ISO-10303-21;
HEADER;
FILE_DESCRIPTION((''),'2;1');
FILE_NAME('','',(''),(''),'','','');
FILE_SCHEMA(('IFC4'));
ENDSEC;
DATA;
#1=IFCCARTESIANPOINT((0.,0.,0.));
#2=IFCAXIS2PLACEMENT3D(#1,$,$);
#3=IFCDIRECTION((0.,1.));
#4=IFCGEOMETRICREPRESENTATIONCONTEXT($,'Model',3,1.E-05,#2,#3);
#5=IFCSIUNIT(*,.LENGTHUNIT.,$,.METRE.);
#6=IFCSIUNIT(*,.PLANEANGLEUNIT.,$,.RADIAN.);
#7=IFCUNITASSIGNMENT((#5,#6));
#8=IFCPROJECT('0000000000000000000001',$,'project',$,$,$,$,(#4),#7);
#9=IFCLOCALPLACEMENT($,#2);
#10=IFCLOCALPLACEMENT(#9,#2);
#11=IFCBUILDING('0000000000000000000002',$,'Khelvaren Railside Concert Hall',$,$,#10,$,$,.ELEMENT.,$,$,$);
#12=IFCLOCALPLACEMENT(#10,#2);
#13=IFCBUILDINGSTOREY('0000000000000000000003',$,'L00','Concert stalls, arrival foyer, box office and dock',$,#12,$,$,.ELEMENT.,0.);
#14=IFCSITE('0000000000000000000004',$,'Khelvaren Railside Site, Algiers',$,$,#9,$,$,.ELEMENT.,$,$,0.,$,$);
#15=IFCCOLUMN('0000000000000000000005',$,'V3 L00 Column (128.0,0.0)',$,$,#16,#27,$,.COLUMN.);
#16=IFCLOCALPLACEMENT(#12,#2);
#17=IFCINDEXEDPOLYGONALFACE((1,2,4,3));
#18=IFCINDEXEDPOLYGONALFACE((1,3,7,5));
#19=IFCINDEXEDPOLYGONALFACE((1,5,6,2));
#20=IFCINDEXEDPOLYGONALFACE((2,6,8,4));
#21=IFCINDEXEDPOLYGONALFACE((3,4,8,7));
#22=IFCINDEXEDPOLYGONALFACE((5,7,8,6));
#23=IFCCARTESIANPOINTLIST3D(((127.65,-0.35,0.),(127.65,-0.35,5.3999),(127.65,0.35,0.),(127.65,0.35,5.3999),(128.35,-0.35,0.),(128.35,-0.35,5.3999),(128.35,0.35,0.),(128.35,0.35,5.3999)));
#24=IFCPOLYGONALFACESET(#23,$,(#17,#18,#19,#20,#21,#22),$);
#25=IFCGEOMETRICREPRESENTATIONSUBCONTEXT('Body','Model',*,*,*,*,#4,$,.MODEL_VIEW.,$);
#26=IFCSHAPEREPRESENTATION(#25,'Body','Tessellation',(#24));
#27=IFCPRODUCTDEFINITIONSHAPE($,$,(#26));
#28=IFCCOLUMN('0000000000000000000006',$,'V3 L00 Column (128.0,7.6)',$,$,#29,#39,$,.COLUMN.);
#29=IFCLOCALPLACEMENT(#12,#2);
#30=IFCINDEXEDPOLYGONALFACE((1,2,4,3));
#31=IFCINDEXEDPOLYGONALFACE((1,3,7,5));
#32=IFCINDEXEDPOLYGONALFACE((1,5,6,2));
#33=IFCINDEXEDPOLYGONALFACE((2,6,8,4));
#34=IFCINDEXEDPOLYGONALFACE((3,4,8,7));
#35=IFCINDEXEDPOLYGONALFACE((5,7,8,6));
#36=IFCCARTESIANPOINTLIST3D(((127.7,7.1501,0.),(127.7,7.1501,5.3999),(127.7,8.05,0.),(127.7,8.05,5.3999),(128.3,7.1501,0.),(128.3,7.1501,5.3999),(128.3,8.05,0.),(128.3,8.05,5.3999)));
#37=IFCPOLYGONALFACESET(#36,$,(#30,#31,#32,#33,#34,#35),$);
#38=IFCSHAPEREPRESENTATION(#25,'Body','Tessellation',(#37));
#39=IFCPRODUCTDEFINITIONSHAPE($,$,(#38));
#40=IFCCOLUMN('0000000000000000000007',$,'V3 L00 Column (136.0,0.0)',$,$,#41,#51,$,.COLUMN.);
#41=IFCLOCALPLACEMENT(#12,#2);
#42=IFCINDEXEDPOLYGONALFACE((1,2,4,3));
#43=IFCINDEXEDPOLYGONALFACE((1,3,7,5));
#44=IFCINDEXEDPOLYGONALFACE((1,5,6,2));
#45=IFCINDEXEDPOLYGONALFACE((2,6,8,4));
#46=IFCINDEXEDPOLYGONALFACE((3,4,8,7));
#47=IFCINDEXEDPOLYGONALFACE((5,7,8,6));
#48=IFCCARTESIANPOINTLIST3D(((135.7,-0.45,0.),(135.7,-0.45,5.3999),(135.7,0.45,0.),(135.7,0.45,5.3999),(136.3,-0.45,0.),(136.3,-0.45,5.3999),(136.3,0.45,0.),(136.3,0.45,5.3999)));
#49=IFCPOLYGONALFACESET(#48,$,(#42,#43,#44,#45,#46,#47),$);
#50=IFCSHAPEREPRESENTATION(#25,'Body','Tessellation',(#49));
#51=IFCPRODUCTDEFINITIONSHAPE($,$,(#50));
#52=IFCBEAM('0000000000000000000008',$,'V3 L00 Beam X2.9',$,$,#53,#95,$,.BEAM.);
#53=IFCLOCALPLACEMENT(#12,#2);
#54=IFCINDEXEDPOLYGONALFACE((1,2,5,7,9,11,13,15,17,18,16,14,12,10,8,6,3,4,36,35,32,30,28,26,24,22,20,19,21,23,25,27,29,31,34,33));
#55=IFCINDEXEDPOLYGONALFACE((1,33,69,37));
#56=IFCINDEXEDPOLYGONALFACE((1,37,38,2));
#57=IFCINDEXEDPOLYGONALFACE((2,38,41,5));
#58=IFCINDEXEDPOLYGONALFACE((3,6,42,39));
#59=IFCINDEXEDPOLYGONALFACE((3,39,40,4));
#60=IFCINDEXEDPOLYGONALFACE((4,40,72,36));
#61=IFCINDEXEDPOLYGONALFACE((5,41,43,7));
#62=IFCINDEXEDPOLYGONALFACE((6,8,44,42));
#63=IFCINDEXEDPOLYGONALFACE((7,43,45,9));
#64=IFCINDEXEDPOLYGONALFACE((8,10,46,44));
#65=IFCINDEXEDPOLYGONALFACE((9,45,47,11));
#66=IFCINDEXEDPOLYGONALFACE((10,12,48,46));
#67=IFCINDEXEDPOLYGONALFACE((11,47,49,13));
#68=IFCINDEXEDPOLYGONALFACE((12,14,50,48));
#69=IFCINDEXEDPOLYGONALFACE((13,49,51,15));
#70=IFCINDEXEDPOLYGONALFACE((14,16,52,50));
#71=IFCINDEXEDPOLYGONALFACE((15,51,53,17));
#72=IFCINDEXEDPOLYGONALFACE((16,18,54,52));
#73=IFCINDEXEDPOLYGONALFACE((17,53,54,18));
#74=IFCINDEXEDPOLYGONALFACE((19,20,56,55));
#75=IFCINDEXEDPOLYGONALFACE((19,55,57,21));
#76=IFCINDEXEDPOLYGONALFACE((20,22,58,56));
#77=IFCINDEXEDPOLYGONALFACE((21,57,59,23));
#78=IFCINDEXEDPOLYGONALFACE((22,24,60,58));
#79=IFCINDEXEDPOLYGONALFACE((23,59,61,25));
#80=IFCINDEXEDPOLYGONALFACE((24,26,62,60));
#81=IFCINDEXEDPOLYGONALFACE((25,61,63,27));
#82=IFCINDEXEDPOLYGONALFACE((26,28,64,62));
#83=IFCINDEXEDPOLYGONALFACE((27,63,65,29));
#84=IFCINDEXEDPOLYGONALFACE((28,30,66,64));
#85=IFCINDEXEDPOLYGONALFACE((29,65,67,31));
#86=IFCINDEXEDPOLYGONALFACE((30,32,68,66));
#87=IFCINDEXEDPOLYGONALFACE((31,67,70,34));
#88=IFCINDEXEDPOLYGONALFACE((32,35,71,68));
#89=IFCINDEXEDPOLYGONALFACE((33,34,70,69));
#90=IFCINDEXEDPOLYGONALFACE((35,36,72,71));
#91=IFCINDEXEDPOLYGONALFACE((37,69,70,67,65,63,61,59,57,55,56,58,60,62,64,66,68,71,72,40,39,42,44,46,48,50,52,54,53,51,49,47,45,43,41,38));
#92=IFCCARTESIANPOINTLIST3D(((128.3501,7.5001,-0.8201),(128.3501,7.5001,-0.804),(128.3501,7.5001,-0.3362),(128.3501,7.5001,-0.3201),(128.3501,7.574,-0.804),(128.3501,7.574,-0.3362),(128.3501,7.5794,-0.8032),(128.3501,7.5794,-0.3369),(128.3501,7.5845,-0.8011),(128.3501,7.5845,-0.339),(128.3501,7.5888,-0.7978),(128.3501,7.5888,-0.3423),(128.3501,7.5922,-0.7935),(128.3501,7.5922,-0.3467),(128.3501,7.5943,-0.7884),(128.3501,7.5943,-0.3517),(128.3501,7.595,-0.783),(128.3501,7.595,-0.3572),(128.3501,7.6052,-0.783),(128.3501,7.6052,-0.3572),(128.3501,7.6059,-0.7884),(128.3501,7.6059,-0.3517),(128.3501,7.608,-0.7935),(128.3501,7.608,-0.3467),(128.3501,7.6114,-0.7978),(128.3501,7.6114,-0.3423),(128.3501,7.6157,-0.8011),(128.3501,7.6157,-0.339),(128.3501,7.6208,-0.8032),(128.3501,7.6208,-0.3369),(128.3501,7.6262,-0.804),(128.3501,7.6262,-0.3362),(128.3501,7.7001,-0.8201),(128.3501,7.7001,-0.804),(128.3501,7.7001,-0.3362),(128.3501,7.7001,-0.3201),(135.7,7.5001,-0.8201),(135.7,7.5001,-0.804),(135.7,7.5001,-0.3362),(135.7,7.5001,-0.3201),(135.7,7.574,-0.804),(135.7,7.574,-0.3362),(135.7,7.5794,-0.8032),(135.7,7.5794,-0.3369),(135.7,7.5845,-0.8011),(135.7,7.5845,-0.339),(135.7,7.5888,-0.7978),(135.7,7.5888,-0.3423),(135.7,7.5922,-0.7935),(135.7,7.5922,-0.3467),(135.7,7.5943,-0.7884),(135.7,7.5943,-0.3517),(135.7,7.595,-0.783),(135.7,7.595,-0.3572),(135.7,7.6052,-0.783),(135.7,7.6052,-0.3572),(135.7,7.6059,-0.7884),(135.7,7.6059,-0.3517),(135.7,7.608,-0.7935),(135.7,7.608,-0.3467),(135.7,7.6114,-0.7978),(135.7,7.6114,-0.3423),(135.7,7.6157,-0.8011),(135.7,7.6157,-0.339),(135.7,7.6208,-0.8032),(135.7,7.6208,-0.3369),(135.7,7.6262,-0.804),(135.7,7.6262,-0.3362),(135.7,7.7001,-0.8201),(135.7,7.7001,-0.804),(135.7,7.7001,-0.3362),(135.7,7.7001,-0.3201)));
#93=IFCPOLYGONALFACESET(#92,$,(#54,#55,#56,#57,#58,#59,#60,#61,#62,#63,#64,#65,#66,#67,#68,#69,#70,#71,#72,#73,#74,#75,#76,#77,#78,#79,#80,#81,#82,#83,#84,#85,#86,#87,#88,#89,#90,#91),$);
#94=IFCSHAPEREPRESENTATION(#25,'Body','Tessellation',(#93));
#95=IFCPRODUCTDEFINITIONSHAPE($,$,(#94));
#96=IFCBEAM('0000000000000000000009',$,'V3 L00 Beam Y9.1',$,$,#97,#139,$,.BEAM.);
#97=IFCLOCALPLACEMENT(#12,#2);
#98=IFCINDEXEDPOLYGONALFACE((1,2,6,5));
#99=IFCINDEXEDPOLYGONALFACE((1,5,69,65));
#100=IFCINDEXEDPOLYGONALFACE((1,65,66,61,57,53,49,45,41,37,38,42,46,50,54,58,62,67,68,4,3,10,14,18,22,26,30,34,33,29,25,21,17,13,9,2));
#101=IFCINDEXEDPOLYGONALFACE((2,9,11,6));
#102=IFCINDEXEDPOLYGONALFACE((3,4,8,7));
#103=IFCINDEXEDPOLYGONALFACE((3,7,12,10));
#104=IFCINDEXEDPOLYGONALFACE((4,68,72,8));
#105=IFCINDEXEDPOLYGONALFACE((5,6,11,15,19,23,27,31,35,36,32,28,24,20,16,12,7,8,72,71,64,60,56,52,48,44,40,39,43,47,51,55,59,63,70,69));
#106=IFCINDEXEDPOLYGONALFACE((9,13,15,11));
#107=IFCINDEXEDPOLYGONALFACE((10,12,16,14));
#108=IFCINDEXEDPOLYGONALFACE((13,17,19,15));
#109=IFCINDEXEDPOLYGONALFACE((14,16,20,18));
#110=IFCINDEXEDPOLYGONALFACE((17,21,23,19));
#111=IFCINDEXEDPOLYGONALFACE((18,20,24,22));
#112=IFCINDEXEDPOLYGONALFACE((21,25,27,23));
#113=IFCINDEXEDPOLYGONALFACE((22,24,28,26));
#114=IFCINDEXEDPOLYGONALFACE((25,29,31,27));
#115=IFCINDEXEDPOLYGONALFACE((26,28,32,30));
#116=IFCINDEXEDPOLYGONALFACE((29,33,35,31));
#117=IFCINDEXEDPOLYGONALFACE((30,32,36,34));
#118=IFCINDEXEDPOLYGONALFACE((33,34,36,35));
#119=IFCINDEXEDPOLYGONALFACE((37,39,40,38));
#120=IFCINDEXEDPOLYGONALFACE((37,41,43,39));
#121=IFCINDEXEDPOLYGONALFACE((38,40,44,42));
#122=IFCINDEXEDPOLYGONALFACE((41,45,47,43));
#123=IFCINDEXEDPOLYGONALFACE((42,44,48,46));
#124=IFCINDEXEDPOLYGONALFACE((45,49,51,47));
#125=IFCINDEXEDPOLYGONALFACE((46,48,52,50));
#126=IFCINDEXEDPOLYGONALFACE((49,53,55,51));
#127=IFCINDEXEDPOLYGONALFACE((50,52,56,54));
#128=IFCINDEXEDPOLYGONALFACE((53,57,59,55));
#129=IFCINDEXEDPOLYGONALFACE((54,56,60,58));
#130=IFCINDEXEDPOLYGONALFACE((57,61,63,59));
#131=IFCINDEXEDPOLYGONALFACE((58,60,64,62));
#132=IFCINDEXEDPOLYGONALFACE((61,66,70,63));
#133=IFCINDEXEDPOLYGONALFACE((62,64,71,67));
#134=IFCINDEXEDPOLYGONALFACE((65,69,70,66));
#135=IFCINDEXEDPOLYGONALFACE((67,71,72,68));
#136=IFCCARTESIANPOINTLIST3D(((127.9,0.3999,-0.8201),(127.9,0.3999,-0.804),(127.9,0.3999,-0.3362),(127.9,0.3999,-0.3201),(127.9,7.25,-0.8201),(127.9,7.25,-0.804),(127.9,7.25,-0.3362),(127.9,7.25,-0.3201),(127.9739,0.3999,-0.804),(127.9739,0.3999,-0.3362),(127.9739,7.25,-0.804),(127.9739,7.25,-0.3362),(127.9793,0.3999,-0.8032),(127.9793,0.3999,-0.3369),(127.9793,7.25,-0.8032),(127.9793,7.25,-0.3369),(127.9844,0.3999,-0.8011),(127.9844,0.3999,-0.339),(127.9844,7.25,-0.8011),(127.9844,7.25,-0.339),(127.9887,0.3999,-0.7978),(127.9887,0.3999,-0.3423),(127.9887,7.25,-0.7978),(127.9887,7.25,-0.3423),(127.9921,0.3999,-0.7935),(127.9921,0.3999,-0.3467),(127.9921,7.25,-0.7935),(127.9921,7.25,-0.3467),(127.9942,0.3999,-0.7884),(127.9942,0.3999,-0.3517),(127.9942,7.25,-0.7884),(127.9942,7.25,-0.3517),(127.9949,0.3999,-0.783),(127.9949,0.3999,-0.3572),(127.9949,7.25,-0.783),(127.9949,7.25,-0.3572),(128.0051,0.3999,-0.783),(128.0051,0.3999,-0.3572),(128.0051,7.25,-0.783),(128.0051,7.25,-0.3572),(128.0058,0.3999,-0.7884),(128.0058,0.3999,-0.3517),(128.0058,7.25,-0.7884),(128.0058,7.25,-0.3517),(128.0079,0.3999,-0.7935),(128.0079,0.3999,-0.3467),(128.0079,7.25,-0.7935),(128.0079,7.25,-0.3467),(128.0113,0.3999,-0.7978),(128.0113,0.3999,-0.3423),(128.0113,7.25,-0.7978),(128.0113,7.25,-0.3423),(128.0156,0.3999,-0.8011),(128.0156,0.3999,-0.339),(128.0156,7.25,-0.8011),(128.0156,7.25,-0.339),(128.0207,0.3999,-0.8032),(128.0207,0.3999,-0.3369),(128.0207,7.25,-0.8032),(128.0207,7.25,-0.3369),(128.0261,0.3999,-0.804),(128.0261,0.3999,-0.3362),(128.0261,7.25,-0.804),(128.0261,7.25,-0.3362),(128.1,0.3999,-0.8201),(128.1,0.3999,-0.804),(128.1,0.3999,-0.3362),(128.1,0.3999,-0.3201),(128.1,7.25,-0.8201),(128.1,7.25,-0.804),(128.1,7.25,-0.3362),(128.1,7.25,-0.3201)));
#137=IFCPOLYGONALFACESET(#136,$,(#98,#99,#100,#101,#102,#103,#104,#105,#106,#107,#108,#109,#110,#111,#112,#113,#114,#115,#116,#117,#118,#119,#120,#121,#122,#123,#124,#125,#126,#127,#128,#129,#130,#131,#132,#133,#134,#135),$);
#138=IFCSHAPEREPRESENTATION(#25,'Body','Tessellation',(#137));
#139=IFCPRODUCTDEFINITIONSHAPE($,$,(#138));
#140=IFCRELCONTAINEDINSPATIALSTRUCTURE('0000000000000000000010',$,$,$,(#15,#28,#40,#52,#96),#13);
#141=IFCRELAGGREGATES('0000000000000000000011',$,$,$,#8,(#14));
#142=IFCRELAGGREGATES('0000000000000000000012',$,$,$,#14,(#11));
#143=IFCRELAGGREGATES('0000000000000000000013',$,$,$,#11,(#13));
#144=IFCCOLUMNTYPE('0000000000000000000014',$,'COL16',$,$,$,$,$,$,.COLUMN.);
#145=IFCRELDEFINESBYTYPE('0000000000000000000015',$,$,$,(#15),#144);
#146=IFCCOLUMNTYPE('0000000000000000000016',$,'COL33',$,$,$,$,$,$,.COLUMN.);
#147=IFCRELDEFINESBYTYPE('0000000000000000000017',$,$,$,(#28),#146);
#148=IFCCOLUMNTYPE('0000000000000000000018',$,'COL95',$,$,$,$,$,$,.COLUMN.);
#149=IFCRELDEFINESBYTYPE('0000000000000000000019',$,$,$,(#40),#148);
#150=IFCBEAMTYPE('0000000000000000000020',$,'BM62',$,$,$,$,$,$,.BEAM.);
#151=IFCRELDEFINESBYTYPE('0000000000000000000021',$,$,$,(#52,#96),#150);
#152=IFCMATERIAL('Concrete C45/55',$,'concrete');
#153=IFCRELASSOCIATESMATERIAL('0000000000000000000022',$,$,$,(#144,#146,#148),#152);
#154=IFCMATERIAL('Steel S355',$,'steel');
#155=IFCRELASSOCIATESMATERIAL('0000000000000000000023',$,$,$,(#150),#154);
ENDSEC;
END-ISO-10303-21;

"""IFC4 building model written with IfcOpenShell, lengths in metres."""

from ifc_helpers import new_model, si_unit, direction, frame, origin, origin_2d, place, context, subcontext, project, spatial, rectangle, i_section, extrude, material, material_profile, profile_set, type_object, element, save


model = new_model("IFC4")

# Units and contexts
model_context = context("Model", 3, precision=1e-05, world=origin(), true_north=direction((0.0, 1.0)))
body_context = subcontext(model_context, "Body", "Model", "MODEL_VIEW")
ifc_project = project(units=[si_unit("LENGTHUNIT", "METRE"), si_unit("PLANEANGLEUNIT", "RADIAN")], contexts=[model_context])

# Site, building, storey
site_placement = place(None, origin())
site = spatial("IfcSite", under=ifc_project, at=site_placement, Name="Khelvaren Railside Site, Algiers", CompositionType="ELEMENT", RefElevation=0.0)
building_placement = place(site_placement, origin())
building = spatial("IfcBuilding", under=site, at=building_placement, Name="Khelvaren Railside Concert Hall", CompositionType="ELEMENT")
storey_placement = place(building_placement, origin())
storey = spatial("IfcBuildingStorey", under=building, at=storey_placement, Name="L00", Description="Concert stalls, arrival foyer, box office and dock", CompositionType="ELEMENT", Elevation=0.0)

# Columns
ifc_material_1 = material(Name="Concrete C45/55", Category="concrete")
ifc_material_profile_1 = material_profile(ifc_material_1, rectangle(XDim=0.7, YDim=0.7, at=origin_2d()), Name="RC 700x700")
ifc_profile_set_1 = profile_set([ifc_material_profile_1], Name="Concrete C45/55")
column_type_1 = type_object("IfcColumnType", Name="COL16", PredefinedType="COLUMN", material=ifc_profile_set_1)
column_1_placement = place(storey_placement, frame((128.0, 0.0, 0.0), z_axis=(0.0, 0.0, 1.0), x_axis=(1.0, 0.0, 0.0)))
element("IfcColumn", 1, at=column_1_placement, inside=storey, type_object=column_type_1, Name="V3 L00 Column (128.0,0.0)", PredefinedType="COLUMN", context=body_context, shape_type="SweptSolid", body=[
    extrude(rectangle(XDim=0.7, YDim=0.7, at=origin_2d()), origin(), (0.0, 0.0, 1.0), 5.3999),
])
ifc_material_profile_2 = material_profile(ifc_material_1, rectangle(XDim=0.6001, YDim=0.8999, at=origin_2d()), Name="RC 600x900")
ifc_profile_set_2 = profile_set([ifc_material_profile_2], Name="Concrete C45/55")
column_type_2 = type_object("IfcColumnType", Name="COL33", PredefinedType="COLUMN", material=ifc_profile_set_2)
column_2_placement = place(storey_placement, frame((128.0, 7.6001, 0.0), z_axis=(0.0, 0.0, 1.0), x_axis=(1.0, 0.0, 0.0)))
element("IfcColumn", 2, at=column_2_placement, inside=storey, type_object=column_type_2, Name="V3 L00 Column (128.0,7.6)", PredefinedType="COLUMN", context=body_context, shape_type="SweptSolid", body=[
    extrude(rectangle(XDim=0.6001, YDim=0.8999, at=origin_2d()), origin(), (0.0, 0.0, 1.0), 5.3999),
])
ifc_material_profile_3 = material_profile(ifc_material_1, rectangle(XDim=0.6001, YDim=0.8999, at=origin_2d()), Name="RC 600x900")
ifc_profile_set_3 = profile_set([ifc_material_profile_3], Name="Concrete C45/55")
column_type_3 = type_object("IfcColumnType", Name="COL95", PredefinedType="COLUMN", material=ifc_profile_set_3)
column_3_placement = place(storey_placement, frame((136.0, 0.0, 0.0), z_axis=(0.0, 0.0, 1.0), x_axis=(1.0, 0.0, 0.0)))
element("IfcColumn", 3, at=column_3_placement, inside=storey, type_object=column_type_3, Name="V3 L00 Column (136.0,0.0)", PredefinedType="COLUMN", context=body_context, shape_type="SweptSolid", body=[
    extrude(rectangle(XDim=0.6001, YDim=0.8999, at=origin_2d()), origin(), (0.0, 0.0, 1.0), 5.3999),
])

# Beams
ifc_material_2 = material(Name="Steel S355", Category="steel")
ifc_material_profile_4 = material_profile(ifc_material_2, i_section(OverallWidth=0.2, OverallDepth=0.5, WebThickness=0.0103, FlangeThickness=0.0161, FilletRadius=0.021, at=origin_2d()), Name="IPE 500")
ifc_profile_set_4 = profile_set([ifc_material_profile_4], Name="Steel S355")
beam_type_1 = type_object("IfcBeamType", Name="BM62", PredefinedType="BEAM", material=ifc_profile_set_4)
beam_1_placement = place(storey_placement, frame((128.3501, 7.6001, -0.5701), z_axis=(1.0, 0.0, 0.0), x_axis=(0.0, 1.0, 0.0)))
element("IfcBeam", 4, at=beam_1_placement, inside=storey, type_object=beam_type_1, Name="V3 L00 Beam X2.9", PredefinedType="BEAM", context=body_context, shape_type="SweptSolid", body=[
    extrude(i_section(OverallWidth=0.2, OverallDepth=0.5, WebThickness=0.0103, FlangeThickness=0.0161, FilletRadius=0.021, at=origin_2d()), origin(), (0.0, 0.0, 1.0), 7.3499),
])
beam_2_placement = place(storey_placement, frame((128.0, 0.3999, -0.5701), z_axis=(0.0, 1.0, 0.0), x_axis=(-1.0, 0.0, 0.0)))
element("IfcBeam", 5, at=beam_2_placement, inside=storey, type_object=beam_type_1, Name="V3 L00 Beam Y9.1", PredefinedType="BEAM", context=body_context, shape_type="SweptSolid", body=[
    extrude(i_section(OverallWidth=0.2, OverallDepth=0.5, WebThickness=0.0103, FlangeThickness=0.0161, FilletRadius=0.021, at=origin_2d()), origin(), (0.0, 0.0, 1.0), 6.8501),
])

save(model, "model.ifc")
